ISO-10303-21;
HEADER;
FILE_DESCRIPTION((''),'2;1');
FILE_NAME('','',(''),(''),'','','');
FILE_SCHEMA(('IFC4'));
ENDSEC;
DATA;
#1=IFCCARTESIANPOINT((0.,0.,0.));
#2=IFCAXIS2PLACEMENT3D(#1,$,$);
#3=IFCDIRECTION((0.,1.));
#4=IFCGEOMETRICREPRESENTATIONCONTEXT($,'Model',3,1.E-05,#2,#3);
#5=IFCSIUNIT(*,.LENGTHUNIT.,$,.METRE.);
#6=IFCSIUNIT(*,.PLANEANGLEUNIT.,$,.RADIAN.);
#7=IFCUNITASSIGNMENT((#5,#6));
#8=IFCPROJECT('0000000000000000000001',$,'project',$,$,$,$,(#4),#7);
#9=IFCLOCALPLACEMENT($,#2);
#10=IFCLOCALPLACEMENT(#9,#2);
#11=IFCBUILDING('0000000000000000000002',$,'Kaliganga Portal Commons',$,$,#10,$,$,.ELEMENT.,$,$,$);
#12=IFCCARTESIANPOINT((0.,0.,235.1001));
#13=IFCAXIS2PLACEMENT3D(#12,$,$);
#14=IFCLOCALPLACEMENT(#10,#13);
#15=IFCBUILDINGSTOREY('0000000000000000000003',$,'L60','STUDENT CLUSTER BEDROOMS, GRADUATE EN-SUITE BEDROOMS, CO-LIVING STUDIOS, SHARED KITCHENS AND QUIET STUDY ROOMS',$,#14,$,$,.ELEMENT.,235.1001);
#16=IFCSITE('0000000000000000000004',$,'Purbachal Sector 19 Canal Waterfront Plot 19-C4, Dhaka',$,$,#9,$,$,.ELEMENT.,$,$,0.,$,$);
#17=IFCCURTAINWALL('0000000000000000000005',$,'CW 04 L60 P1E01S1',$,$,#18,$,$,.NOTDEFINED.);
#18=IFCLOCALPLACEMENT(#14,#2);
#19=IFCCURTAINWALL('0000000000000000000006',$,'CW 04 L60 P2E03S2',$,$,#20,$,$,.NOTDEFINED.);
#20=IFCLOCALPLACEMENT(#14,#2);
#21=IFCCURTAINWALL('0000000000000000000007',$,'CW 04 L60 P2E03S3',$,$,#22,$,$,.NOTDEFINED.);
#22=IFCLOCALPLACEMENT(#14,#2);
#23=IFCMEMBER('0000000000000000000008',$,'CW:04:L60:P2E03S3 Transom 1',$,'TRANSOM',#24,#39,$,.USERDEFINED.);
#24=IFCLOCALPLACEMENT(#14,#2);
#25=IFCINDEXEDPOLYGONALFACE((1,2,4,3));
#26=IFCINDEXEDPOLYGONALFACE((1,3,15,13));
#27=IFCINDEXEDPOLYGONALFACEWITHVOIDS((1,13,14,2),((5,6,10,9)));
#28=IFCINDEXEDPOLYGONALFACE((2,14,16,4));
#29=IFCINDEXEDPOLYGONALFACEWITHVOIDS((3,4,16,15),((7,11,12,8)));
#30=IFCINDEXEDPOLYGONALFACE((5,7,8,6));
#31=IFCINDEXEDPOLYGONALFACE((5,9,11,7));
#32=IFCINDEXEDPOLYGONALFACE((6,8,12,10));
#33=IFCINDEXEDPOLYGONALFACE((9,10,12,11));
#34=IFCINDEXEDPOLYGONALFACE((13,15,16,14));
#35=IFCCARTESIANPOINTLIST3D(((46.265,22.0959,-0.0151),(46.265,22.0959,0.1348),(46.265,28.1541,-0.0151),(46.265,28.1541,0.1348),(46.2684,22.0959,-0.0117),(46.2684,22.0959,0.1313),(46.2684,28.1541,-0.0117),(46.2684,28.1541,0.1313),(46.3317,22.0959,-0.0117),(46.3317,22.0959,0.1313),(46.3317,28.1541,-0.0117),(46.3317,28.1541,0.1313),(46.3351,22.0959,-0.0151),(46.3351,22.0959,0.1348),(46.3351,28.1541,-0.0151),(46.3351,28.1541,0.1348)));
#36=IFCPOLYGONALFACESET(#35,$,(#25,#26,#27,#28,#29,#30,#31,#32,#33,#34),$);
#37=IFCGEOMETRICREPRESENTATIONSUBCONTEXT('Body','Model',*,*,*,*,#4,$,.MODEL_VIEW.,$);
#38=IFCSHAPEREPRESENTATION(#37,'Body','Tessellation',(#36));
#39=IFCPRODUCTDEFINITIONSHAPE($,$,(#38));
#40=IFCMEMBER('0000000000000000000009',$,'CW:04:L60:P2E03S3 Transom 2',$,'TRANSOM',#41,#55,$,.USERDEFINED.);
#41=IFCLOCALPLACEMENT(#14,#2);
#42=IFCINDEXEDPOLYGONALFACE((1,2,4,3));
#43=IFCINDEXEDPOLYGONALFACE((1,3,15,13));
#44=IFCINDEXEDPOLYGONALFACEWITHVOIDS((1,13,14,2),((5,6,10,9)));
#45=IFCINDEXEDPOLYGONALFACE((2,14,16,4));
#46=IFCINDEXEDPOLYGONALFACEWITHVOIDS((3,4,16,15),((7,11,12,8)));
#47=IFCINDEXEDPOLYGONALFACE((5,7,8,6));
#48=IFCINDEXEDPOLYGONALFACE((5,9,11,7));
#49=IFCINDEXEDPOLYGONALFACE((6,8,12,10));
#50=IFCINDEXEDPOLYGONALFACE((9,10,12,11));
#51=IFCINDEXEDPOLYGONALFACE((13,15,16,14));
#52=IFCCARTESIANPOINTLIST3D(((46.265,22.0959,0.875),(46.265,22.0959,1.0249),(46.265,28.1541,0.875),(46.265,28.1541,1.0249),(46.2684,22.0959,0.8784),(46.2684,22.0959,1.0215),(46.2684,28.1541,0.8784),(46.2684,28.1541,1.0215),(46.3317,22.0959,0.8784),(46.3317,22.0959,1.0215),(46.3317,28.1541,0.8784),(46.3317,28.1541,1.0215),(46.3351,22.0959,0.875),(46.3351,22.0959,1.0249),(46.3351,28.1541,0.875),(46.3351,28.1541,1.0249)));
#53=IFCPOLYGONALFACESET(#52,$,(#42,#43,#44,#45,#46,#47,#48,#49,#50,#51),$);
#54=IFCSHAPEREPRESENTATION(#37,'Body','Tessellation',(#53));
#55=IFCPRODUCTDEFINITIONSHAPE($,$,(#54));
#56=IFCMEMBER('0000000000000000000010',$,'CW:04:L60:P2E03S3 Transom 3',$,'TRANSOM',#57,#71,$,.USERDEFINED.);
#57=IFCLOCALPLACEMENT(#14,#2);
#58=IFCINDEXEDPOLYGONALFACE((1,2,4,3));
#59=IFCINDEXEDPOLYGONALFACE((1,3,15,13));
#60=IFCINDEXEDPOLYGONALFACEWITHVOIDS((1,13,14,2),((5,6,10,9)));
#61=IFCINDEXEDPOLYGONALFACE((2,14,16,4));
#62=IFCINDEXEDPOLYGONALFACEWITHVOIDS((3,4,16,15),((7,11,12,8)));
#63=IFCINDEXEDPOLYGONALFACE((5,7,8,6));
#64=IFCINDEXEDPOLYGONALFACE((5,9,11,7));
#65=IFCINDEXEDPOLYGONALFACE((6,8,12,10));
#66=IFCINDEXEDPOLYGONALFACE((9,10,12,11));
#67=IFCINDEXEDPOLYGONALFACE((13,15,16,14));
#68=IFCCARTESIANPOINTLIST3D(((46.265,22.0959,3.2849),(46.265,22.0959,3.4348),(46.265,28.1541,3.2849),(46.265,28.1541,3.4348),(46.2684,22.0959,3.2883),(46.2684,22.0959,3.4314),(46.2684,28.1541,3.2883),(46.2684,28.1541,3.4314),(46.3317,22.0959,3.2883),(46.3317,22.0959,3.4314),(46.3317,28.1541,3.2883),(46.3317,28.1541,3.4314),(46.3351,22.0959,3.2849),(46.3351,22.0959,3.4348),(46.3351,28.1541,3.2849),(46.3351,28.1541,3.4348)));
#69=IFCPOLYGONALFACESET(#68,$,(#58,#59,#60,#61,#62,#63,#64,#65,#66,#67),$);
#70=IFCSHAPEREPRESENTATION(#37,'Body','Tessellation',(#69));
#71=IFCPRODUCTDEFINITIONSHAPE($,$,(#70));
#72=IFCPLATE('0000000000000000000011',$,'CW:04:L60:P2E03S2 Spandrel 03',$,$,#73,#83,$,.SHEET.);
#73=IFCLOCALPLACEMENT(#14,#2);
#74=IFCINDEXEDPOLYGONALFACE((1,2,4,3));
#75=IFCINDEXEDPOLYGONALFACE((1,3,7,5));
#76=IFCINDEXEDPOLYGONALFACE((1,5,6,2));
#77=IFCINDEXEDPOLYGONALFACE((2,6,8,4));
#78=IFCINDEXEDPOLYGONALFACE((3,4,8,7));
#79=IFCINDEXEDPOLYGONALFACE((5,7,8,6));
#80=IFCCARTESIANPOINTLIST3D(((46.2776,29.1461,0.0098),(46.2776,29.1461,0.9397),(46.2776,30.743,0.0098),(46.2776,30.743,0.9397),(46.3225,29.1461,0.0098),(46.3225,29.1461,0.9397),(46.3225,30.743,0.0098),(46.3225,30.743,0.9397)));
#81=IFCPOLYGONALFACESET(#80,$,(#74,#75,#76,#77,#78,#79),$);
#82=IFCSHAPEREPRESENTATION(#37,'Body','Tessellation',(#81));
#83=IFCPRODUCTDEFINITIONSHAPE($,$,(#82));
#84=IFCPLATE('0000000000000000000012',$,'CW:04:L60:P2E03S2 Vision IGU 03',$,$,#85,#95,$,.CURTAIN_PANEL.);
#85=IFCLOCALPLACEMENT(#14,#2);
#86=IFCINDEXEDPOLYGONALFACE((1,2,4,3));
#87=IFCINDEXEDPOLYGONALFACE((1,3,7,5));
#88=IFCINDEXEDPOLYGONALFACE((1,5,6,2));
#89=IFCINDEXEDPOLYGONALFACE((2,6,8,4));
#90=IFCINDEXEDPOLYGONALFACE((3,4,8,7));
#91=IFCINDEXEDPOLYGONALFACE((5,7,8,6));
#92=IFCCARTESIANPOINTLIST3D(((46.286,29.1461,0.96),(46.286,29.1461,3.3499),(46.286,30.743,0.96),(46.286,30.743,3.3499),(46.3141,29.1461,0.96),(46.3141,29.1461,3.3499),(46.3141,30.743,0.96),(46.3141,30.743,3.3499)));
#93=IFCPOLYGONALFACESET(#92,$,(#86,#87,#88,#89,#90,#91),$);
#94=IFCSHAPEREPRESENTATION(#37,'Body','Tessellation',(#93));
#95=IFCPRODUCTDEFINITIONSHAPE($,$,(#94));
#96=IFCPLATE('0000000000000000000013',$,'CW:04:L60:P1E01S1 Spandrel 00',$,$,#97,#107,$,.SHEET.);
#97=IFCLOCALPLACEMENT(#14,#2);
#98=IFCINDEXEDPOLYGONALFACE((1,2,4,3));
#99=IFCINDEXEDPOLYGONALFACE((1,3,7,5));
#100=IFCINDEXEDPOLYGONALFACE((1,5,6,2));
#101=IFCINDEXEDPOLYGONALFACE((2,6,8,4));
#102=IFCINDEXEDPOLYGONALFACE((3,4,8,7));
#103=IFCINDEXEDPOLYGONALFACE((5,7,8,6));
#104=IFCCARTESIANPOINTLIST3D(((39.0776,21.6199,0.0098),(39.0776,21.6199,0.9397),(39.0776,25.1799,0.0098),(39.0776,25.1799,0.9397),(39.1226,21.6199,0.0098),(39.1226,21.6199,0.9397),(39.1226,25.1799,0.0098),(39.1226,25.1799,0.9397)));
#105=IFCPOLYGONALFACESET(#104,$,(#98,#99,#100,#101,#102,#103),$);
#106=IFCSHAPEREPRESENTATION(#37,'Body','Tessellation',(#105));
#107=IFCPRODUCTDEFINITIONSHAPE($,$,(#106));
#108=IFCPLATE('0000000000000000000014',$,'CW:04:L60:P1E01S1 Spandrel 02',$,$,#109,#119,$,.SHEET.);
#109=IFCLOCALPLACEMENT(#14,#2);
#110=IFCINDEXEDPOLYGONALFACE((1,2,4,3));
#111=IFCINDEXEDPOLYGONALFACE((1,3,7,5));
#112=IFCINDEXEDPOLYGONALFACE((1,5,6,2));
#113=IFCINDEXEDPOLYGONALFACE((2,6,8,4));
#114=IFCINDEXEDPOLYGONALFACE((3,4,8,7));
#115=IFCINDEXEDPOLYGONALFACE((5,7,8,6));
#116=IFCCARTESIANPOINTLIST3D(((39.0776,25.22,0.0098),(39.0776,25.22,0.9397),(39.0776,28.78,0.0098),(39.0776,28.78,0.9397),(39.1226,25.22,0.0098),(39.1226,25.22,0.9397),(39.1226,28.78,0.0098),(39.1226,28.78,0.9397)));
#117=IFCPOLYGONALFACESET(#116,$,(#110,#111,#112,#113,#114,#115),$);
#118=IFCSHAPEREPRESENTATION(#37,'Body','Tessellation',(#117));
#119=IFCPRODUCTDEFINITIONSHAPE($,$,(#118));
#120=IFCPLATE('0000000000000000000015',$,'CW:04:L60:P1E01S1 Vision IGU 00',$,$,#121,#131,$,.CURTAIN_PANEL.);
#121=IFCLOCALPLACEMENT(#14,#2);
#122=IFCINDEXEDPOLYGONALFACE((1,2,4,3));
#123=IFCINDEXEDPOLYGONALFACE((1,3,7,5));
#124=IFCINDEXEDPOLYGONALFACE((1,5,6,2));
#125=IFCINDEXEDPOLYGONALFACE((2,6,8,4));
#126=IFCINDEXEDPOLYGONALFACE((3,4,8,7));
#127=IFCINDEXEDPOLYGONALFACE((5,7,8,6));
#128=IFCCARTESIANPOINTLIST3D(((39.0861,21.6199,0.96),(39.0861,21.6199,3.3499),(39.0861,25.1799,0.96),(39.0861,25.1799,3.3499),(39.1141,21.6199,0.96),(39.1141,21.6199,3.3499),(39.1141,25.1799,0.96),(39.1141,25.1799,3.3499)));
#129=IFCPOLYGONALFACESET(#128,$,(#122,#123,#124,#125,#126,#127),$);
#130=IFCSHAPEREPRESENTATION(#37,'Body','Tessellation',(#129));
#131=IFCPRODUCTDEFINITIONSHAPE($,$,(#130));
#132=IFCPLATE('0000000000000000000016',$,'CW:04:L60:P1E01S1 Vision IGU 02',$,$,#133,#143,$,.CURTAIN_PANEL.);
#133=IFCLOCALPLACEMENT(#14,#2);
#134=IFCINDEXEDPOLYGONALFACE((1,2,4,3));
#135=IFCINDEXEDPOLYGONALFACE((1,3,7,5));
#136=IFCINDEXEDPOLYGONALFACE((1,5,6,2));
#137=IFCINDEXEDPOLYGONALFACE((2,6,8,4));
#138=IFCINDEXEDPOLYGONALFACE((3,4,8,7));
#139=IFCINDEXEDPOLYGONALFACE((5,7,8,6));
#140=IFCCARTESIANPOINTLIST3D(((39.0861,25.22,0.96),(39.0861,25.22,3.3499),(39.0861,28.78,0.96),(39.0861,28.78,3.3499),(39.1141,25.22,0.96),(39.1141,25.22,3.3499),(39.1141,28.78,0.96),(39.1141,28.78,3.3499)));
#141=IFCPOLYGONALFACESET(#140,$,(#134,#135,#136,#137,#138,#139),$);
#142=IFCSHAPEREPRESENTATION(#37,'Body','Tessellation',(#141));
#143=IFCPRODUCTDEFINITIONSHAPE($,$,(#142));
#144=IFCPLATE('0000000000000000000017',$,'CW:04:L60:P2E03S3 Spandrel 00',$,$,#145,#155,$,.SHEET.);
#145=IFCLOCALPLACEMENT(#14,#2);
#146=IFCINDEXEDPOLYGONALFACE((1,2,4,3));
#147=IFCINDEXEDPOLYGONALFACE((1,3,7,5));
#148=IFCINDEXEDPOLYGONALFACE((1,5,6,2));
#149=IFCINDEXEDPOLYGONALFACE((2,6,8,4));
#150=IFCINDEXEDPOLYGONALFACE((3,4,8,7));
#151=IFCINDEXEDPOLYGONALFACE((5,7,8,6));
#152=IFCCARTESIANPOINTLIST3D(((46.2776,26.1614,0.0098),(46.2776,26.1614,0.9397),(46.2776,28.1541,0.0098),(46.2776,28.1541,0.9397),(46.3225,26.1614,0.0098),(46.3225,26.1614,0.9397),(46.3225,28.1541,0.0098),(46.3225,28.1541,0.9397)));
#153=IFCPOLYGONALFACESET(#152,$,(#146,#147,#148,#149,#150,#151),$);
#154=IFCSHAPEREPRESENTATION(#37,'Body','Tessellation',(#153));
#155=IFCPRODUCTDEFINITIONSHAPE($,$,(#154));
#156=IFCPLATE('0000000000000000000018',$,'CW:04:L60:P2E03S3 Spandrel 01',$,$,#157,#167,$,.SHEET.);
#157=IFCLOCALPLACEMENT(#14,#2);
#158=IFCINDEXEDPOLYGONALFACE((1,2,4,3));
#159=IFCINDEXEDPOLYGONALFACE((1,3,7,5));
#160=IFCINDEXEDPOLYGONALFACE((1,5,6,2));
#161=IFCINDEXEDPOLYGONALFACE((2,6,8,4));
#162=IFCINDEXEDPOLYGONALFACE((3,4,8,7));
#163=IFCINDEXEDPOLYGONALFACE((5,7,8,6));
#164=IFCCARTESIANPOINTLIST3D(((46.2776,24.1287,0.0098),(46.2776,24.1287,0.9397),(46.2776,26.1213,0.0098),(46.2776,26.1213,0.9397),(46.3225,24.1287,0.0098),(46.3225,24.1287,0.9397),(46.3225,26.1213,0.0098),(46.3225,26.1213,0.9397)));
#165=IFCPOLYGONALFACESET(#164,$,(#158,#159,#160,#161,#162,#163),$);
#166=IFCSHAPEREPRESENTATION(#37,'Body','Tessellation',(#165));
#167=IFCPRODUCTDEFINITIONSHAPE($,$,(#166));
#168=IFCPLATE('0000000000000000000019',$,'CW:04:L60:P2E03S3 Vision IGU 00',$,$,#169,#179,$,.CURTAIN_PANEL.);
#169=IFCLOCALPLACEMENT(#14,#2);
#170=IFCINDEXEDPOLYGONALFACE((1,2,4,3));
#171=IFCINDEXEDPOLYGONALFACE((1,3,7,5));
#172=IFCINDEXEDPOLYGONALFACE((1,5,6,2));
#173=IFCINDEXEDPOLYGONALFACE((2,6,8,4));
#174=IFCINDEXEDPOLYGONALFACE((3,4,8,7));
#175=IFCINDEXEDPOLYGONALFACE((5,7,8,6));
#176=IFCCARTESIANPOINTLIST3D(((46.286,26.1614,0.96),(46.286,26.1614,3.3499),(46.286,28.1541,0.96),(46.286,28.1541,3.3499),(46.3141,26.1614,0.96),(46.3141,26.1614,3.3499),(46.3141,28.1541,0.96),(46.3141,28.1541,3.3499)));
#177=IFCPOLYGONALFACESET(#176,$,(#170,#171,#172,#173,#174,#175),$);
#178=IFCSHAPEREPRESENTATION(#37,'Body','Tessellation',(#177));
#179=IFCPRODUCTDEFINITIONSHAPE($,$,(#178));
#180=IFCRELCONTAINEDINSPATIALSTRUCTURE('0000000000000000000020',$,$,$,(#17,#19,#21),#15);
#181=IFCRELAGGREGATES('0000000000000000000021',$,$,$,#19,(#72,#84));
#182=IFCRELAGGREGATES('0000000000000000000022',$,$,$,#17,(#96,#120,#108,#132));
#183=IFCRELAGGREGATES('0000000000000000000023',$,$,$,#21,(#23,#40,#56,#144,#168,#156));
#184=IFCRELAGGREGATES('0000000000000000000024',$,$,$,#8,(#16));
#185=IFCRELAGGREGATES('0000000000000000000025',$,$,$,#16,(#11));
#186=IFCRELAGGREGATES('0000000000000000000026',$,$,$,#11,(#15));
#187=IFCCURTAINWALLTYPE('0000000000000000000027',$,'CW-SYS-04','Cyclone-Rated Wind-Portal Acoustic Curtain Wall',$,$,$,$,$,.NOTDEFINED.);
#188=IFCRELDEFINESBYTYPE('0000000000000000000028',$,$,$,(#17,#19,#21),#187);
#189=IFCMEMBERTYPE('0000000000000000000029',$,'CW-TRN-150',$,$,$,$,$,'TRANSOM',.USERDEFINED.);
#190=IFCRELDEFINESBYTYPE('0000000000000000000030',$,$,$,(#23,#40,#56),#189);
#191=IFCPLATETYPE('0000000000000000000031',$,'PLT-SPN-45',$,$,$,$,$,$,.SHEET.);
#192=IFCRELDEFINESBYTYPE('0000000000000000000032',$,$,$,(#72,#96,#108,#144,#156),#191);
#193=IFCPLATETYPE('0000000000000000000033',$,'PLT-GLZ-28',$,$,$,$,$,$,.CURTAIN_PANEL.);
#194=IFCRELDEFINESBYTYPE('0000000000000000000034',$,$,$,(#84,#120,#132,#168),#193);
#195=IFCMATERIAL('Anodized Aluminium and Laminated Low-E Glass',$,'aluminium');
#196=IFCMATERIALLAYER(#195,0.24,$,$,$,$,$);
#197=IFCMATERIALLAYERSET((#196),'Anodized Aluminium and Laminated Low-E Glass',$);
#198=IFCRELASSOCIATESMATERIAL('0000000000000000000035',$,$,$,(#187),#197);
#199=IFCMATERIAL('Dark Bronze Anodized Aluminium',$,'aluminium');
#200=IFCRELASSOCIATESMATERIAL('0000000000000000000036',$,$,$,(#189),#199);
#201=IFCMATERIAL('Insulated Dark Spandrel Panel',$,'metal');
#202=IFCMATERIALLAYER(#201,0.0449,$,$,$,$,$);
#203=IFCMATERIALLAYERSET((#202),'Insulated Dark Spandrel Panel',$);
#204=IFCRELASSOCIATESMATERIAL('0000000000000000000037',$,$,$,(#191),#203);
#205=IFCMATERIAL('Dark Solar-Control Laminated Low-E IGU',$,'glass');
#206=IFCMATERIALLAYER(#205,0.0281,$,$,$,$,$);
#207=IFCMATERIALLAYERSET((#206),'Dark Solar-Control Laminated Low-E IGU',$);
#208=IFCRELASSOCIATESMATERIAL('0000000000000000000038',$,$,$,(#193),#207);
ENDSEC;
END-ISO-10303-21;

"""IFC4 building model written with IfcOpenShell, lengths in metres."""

from ifc_helpers import new_model, si_unit, direction, frame, origin, origin_2d, place, context, subcontext, project, spatial, rectangle, hollow_rectangle, extrude, source, transform, mapped, material, layer, layer_set, material_profile, profile_set, type_object, element, aggregate, save


model = new_model("IFC4")

# Units and contexts
model_context = context("Model", 3, precision=1e-05, world=origin(), true_north=direction((0.0, 1.0)))
body_context = subcontext(model_context, "Body", "Model", "MODEL_VIEW")
ifc_project = project(units=[si_unit("LENGTHUNIT", "METRE"), si_unit("PLANEANGLEUNIT", "RADIAN")], contexts=[model_context])

# Site, building, storey
site_placement = place(None, origin())
site = spatial("IfcSite", under=ifc_project, at=site_placement, Name="Purbachal Sector 19 Canal Waterfront Plot 19-C4, Dhaka", CompositionType="ELEMENT", RefElevation=0.0)
building_placement = place(site_placement, origin())
building = spatial("IfcBuilding", under=site, at=building_placement, Name="Kaliganga Portal Commons", CompositionType="ELEMENT")
storey_placement = place(building_placement, frame((0.0, 0.0, 235.1001)))
storey = spatial("IfcBuildingStorey", under=building, at=storey_placement, Name="L60", Description="STUDENT CLUSTER BEDROOMS, GRADUATE EN-SUITE BEDROOMS, CO-LIVING STUDIOS, SHARED KITCHENS AND QUIET STUDY ROOMS", CompositionType="ELEMENT", Elevation=235.1001)

# Curtain wall
ifc_material_1 = material(Name="Anodized Aluminium and Laminated Low-E Glass", Category="aluminium")
ifc_layer_1 = layer(ifc_material_1, 0.24)
ifc_layer_set_1 = layer_set([ifc_layer_1], Name="Anodized Aluminium and Laminated Low-E Glass")
curtain_wall_type = type_object("IfcCurtainWallType", Name="CW-SYS-04", Description="Cyclone-Rated Wind-Portal Acoustic Curtain Wall", PredefinedType="NOTDEFINED", material=ifc_layer_set_1)
curtain_wall_1_placement = place(storey_placement, origin())
curtain_wall_1 = element("IfcCurtainWall", 1, at=curtain_wall_1_placement, inside=storey, type_object=curtain_wall_type, Name="CW 04 L60 P1E01S1", PredefinedType="NOTDEFINED")
ifc_material_2 = material(Name="Dark Bronze Anodized Aluminium", Category="aluminium")

# Curtain wall
curtain_wall_2_placement = place(storey_placement, origin())
curtain_wall_2 = element("IfcCurtainWall", 2, at=curtain_wall_2_placement, inside=storey, type_object=curtain_wall_type, Name="CW 04 L60 P2E03S2", PredefinedType="NOTDEFINED")

# Curtain wall, members
curtain_wall_3_placement = place(storey_placement, origin())
curtain_wall_3 = element("IfcCurtainWall", 3, at=curtain_wall_3_placement, inside=storey, type_object=curtain_wall_type, Name="CW 04 L60 P2E03S3", PredefinedType="NOTDEFINED")
ifc_material_profile_1 = material_profile(ifc_material_2, hollow_rectangle(XDim=0.0701, YDim=0.1499, WallThickness=0.0034, at=origin_2d()), Name="ALU TRAN 70x150x3.5")
ifc_profile_set_1 = profile_set([ifc_material_profile_1], Name="Dark Bronze Anodized Aluminium")
member_type_1 = type_object("IfcMemberType", Name="CW-TRN-150", ElementType="TRANSOM", PredefinedType="USERDEFINED", material=ifc_profile_set_1)
shared_shape_1 = source(origin(), body_context, "Body", "SweptSolid", [
    extrude(hollow_rectangle(XDim=0.0701, YDim=0.1499, WallThickness=0.0034, at=origin_2d()), origin(), (0.0, 0.0, 1.0), 6.0581),
])
member_1_placement = place(storey_placement, frame((46.3, 28.1541, 0.0598), z_axis=(0.0, -1.0, 0.0), x_axis=(1.0, 0.0, 0.0)))
member_1 = element("IfcMember", 4, at=member_1_placement, type_object=member_type_1, Name="CW:04:L60:P2E03S3 Transom 1", ObjectType="TRANSOM", PredefinedType="USERDEFINED", context=body_context, shape_type="MappedRepresentation", body=[
    mapped(shared_shape_1, transform((0.0, 0.0, 0.0), x_axis=(1.0, 0.0, 0.0), y_axis=(0.0, 1.0, 0.0), z_axis=(0.0, 0.0, 1.0), scale=1.0)),
])
member_2_placement = place(storey_placement, frame((46.3, 28.1541, 0.95), z_axis=(0.0, -1.0, 0.0), x_axis=(1.0, 0.0, 0.0)))
member_2 = element("IfcMember", 5, at=member_2_placement, type_object=member_type_1, Name="CW:04:L60:P2E03S3 Transom 2", ObjectType="TRANSOM", PredefinedType="USERDEFINED", context=body_context, shape_type="MappedRepresentation", body=[
    mapped(shared_shape_1, transform((0.0, 0.0, 0.0), x_axis=(1.0, 0.0, 0.0), y_axis=(0.0, 1.0, 0.0), z_axis=(0.0, 0.0, 1.0), scale=1.0)),
])
member_3_placement = place(storey_placement, frame((46.3, 28.1541, 3.3599), z_axis=(0.0, -1.0, 0.0), x_axis=(1.0, 0.0, 0.0)))
member_3 = element("IfcMember", 6, at=member_3_placement, type_object=member_type_1, Name="CW:04:L60:P2E03S3 Transom 3", ObjectType="TRANSOM", PredefinedType="USERDEFINED", context=body_context, shape_type="MappedRepresentation", body=[
    mapped(shared_shape_1, transform((0.0, 0.0, 0.0), x_axis=(1.0, 0.0, 0.0), y_axis=(0.0, 1.0, 0.0), z_axis=(0.0, 0.0, 1.0), scale=1.0)),
])

# Plates
ifc_material_3 = material(Name="Insulated Dark Spandrel Panel", Category="metal")
ifc_layer_2 = layer(ifc_material_3, 0.0449)
ifc_layer_set_2 = layer_set([ifc_layer_2], Name="Insulated Dark Spandrel Panel")
plate_type_1 = type_object("IfcPlateType", Name="PLT-SPN-45", PredefinedType="SHEET", material=ifc_layer_set_2)
shared_shape_2 = source(origin(), body_context, "Body", "SweptSolid", [
    extrude(rectangle(XDim=1.5969, YDim=0.0449, at=origin_2d()), origin(), (0.0, 0.0, 1.0), 0.9299),
])
plate_1_placement = place(storey_placement, frame((46.3, 29.9446, 0.0098), z_axis=(0.0, 0.0, 1.0), x_axis=(0.0, -1.0, 0.0)))
plate_1 = element("IfcPlate", 7, at=plate_1_placement, type_object=plate_type_1, Name="CW:04:L60:P2E03S2 Spandrel 03", PredefinedType="SHEET", context=body_context, shape_type="MappedRepresentation", body=[
    mapped(shared_shape_2, transform((0.0, 0.0, 0.0), x_axis=(1.0, 0.0, 0.0), y_axis=(0.0, 1.0, 0.0), z_axis=(0.0, 0.0, 1.0), scale=1.0)),
])
ifc_material_4 = material(Name="Dark Solar-Control Laminated Low-E IGU", Category="glass")
ifc_layer_3 = layer(ifc_material_4, 0.0281)
ifc_layer_set_3 = layer_set([ifc_layer_3], Name="Dark Solar-Control Laminated Low-E IGU")
plate_type_2 = type_object("IfcPlateType", Name="PLT-GLZ-28", PredefinedType="CURTAIN_PANEL", material=ifc_layer_set_3)
shared_shape_3 = source(origin(), body_context, "Body", "SweptSolid", [
    extrude(rectangle(XDim=1.5969, YDim=0.0281, at=origin_2d()), origin(), (0.0, 0.0, 1.0), 2.3899),
])
plate_2_placement = place(storey_placement, frame((46.3, 29.9446, 0.96), z_axis=(0.0, 0.0, 1.0), x_axis=(0.0, -1.0, 0.0)))
plate_2 = element("IfcPlate", 8, at=plate_2_placement, type_object=plate_type_2, Name="CW:04:L60:P2E03S2 Vision IGU 03", PredefinedType="CURTAIN_PANEL", context=body_context, shape_type="MappedRepresentation", body=[
    mapped(shared_shape_3, transform((0.0, 0.0, 0.0), x_axis=(1.0, 0.0, 0.0), y_axis=(0.0, 1.0, 0.0), z_axis=(0.0, 0.0, 1.0), scale=1.0)),
])
aggregate(curtain_wall_2, [plate_1, plate_2])
shared_shape_4 = source(origin(), body_context, "Body", "SweptSolid", [
    extrude(rectangle(XDim=3.5601, YDim=0.0449, at=origin_2d()), origin(), (0.0, 0.0, 1.0), 0.9299),
])
plate_3_placement = place(storey_placement, frame((39.1001, 23.3999, 0.0098), z_axis=(0.0, 0.0, 1.0), x_axis=(0.0, 1.0, 0.0)))
plate_3 = element("IfcPlate", 9, at=plate_3_placement, type_object=plate_type_1, Name="CW:04:L60:P1E01S1 Spandrel 00", PredefinedType="SHEET", context=body_context, shape_type="MappedRepresentation", body=[
    mapped(shared_shape_4, transform((0.0, 0.0, 0.0), x_axis=(1.0, 0.0, 0.0), y_axis=(0.0, 1.0, 0.0), z_axis=(0.0, 0.0, 1.0), scale=1.0)),
])
plate_4_placement = place(storey_placement, frame((39.1001, 27.0, 0.0098), z_axis=(0.0, 0.0, 1.0), x_axis=(0.0, 1.0, 0.0)))
plate_4 = element("IfcPlate", 10, at=plate_4_placement, type_object=plate_type_1, Name="CW:04:L60:P1E01S1 Spandrel 02", PredefinedType="SHEET", context=body_context, shape_type="MappedRepresentation", body=[
    mapped(shared_shape_4, transform((0.0, 0.0, 0.0), x_axis=(1.0, 0.0, 0.0), y_axis=(0.0, 1.0, 0.0), z_axis=(0.0, 0.0, 1.0), scale=1.0)),
])
shared_shape_5 = source(origin(), body_context, "Body", "SweptSolid", [
    extrude(rectangle(XDim=3.5601, YDim=0.0281, at=origin_2d()), origin(), (0.0, 0.0, 1.0), 2.3899),
])
plate_5_placement = place(storey_placement, frame((39.1001, 23.3999, 0.96), z_axis=(0.0, 0.0, 1.0), x_axis=(0.0, 1.0, 0.0)))
plate_5 = element("IfcPlate", 11, at=plate_5_placement, type_object=plate_type_2, Name="CW:04:L60:P1E01S1 Vision IGU 00", PredefinedType="CURTAIN_PANEL", context=body_context, shape_type="MappedRepresentation", body=[
    mapped(shared_shape_5, transform((0.0, 0.0, 0.0), x_axis=(1.0, 0.0, 0.0), y_axis=(0.0, 1.0, 0.0), z_axis=(0.0, 0.0, 1.0), scale=1.0)),
])
plate_6_placement = place(storey_placement, frame((39.1001, 27.0, 0.96), z_axis=(0.0, 0.0, 1.0), x_axis=(0.0, 1.0, 0.0)))
plate_6 = element("IfcPlate", 12, at=plate_6_placement, type_object=plate_type_2, Name="CW:04:L60:P1E01S1 Vision IGU 02", PredefinedType="CURTAIN_PANEL", context=body_context, shape_type="MappedRepresentation", body=[
    mapped(shared_shape_5, transform((0.0, 0.0, 0.0), x_axis=(1.0, 0.0, 0.0), y_axis=(0.0, 1.0, 0.0), z_axis=(0.0, 0.0, 1.0), scale=1.0)),
])
aggregate(curtain_wall_1, [plate_3, plate_5, plate_4, plate_6])
shared_shape_6 = source(origin(), body_context, "Body", "SweptSolid", [
    extrude(rectangle(XDim=1.9927, YDim=0.0449, at=origin_2d()), origin(), (0.0, 0.0, 1.0), 0.9299),
])
plate_7_placement = place(storey_placement, frame((46.3, 27.1577, 0.0098), z_axis=(0.0, 0.0, 1.0), x_axis=(0.0, -1.0, 0.0)))
plate_7 = element("IfcPlate", 13, at=plate_7_placement, type_object=plate_type_1, Name="CW:04:L60:P2E03S3 Spandrel 00", PredefinedType="SHEET", context=body_context, shape_type="MappedRepresentation", body=[
    mapped(shared_shape_6, transform((0.0, 0.0, 0.0), x_axis=(1.0, 0.0, 0.0), y_axis=(0.0, 1.0, 0.0), z_axis=(0.0, 0.0, 1.0), scale=1.0)),
])
plate_8_placement = place(storey_placement, frame((46.3, 25.125, 0.0098), z_axis=(0.0, 0.0, 1.0), x_axis=(0.0, -1.0, 0.0)))
plate_8 = element("IfcPlate", 14, at=plate_8_placement, type_object=plate_type_1, Name="CW:04:L60:P2E03S3 Spandrel 01", PredefinedType="SHEET", context=body_context, shape_type="MappedRepresentation", body=[
    mapped(shared_shape_6, transform((0.0, 0.0, 0.0), x_axis=(1.0, 0.0, 0.0), y_axis=(0.0, 1.0, 0.0), z_axis=(0.0, 0.0, 1.0), scale=1.0)),
])
shared_shape_7 = source(origin(), body_context, "Body", "SweptSolid", [
    extrude(rectangle(XDim=1.9927, YDim=0.0281, at=origin_2d()), origin(), (0.0, 0.0, 1.0), 2.3899),
])
plate_9_placement = place(storey_placement, frame((46.3, 27.1577, 0.96), z_axis=(0.0, 0.0, 1.0), x_axis=(0.0, -1.0, 0.0)))
plate_9 = element("IfcPlate", 15, at=plate_9_placement, type_object=plate_type_2, Name="CW:04:L60:P2E03S3 Vision IGU 00", PredefinedType="CURTAIN_PANEL", context=body_context, shape_type="MappedRepresentation", body=[
    mapped(shared_shape_7, transform((0.0, 0.0, 0.0), x_axis=(1.0, 0.0, 0.0), y_axis=(0.0, 1.0, 0.0), z_axis=(0.0, 0.0, 1.0), scale=1.0)),
])
aggregate(curtain_wall_3, [member_1, member_2, member_3, plate_7, plate_9, plate_8])

save(model, "model.ifc")
